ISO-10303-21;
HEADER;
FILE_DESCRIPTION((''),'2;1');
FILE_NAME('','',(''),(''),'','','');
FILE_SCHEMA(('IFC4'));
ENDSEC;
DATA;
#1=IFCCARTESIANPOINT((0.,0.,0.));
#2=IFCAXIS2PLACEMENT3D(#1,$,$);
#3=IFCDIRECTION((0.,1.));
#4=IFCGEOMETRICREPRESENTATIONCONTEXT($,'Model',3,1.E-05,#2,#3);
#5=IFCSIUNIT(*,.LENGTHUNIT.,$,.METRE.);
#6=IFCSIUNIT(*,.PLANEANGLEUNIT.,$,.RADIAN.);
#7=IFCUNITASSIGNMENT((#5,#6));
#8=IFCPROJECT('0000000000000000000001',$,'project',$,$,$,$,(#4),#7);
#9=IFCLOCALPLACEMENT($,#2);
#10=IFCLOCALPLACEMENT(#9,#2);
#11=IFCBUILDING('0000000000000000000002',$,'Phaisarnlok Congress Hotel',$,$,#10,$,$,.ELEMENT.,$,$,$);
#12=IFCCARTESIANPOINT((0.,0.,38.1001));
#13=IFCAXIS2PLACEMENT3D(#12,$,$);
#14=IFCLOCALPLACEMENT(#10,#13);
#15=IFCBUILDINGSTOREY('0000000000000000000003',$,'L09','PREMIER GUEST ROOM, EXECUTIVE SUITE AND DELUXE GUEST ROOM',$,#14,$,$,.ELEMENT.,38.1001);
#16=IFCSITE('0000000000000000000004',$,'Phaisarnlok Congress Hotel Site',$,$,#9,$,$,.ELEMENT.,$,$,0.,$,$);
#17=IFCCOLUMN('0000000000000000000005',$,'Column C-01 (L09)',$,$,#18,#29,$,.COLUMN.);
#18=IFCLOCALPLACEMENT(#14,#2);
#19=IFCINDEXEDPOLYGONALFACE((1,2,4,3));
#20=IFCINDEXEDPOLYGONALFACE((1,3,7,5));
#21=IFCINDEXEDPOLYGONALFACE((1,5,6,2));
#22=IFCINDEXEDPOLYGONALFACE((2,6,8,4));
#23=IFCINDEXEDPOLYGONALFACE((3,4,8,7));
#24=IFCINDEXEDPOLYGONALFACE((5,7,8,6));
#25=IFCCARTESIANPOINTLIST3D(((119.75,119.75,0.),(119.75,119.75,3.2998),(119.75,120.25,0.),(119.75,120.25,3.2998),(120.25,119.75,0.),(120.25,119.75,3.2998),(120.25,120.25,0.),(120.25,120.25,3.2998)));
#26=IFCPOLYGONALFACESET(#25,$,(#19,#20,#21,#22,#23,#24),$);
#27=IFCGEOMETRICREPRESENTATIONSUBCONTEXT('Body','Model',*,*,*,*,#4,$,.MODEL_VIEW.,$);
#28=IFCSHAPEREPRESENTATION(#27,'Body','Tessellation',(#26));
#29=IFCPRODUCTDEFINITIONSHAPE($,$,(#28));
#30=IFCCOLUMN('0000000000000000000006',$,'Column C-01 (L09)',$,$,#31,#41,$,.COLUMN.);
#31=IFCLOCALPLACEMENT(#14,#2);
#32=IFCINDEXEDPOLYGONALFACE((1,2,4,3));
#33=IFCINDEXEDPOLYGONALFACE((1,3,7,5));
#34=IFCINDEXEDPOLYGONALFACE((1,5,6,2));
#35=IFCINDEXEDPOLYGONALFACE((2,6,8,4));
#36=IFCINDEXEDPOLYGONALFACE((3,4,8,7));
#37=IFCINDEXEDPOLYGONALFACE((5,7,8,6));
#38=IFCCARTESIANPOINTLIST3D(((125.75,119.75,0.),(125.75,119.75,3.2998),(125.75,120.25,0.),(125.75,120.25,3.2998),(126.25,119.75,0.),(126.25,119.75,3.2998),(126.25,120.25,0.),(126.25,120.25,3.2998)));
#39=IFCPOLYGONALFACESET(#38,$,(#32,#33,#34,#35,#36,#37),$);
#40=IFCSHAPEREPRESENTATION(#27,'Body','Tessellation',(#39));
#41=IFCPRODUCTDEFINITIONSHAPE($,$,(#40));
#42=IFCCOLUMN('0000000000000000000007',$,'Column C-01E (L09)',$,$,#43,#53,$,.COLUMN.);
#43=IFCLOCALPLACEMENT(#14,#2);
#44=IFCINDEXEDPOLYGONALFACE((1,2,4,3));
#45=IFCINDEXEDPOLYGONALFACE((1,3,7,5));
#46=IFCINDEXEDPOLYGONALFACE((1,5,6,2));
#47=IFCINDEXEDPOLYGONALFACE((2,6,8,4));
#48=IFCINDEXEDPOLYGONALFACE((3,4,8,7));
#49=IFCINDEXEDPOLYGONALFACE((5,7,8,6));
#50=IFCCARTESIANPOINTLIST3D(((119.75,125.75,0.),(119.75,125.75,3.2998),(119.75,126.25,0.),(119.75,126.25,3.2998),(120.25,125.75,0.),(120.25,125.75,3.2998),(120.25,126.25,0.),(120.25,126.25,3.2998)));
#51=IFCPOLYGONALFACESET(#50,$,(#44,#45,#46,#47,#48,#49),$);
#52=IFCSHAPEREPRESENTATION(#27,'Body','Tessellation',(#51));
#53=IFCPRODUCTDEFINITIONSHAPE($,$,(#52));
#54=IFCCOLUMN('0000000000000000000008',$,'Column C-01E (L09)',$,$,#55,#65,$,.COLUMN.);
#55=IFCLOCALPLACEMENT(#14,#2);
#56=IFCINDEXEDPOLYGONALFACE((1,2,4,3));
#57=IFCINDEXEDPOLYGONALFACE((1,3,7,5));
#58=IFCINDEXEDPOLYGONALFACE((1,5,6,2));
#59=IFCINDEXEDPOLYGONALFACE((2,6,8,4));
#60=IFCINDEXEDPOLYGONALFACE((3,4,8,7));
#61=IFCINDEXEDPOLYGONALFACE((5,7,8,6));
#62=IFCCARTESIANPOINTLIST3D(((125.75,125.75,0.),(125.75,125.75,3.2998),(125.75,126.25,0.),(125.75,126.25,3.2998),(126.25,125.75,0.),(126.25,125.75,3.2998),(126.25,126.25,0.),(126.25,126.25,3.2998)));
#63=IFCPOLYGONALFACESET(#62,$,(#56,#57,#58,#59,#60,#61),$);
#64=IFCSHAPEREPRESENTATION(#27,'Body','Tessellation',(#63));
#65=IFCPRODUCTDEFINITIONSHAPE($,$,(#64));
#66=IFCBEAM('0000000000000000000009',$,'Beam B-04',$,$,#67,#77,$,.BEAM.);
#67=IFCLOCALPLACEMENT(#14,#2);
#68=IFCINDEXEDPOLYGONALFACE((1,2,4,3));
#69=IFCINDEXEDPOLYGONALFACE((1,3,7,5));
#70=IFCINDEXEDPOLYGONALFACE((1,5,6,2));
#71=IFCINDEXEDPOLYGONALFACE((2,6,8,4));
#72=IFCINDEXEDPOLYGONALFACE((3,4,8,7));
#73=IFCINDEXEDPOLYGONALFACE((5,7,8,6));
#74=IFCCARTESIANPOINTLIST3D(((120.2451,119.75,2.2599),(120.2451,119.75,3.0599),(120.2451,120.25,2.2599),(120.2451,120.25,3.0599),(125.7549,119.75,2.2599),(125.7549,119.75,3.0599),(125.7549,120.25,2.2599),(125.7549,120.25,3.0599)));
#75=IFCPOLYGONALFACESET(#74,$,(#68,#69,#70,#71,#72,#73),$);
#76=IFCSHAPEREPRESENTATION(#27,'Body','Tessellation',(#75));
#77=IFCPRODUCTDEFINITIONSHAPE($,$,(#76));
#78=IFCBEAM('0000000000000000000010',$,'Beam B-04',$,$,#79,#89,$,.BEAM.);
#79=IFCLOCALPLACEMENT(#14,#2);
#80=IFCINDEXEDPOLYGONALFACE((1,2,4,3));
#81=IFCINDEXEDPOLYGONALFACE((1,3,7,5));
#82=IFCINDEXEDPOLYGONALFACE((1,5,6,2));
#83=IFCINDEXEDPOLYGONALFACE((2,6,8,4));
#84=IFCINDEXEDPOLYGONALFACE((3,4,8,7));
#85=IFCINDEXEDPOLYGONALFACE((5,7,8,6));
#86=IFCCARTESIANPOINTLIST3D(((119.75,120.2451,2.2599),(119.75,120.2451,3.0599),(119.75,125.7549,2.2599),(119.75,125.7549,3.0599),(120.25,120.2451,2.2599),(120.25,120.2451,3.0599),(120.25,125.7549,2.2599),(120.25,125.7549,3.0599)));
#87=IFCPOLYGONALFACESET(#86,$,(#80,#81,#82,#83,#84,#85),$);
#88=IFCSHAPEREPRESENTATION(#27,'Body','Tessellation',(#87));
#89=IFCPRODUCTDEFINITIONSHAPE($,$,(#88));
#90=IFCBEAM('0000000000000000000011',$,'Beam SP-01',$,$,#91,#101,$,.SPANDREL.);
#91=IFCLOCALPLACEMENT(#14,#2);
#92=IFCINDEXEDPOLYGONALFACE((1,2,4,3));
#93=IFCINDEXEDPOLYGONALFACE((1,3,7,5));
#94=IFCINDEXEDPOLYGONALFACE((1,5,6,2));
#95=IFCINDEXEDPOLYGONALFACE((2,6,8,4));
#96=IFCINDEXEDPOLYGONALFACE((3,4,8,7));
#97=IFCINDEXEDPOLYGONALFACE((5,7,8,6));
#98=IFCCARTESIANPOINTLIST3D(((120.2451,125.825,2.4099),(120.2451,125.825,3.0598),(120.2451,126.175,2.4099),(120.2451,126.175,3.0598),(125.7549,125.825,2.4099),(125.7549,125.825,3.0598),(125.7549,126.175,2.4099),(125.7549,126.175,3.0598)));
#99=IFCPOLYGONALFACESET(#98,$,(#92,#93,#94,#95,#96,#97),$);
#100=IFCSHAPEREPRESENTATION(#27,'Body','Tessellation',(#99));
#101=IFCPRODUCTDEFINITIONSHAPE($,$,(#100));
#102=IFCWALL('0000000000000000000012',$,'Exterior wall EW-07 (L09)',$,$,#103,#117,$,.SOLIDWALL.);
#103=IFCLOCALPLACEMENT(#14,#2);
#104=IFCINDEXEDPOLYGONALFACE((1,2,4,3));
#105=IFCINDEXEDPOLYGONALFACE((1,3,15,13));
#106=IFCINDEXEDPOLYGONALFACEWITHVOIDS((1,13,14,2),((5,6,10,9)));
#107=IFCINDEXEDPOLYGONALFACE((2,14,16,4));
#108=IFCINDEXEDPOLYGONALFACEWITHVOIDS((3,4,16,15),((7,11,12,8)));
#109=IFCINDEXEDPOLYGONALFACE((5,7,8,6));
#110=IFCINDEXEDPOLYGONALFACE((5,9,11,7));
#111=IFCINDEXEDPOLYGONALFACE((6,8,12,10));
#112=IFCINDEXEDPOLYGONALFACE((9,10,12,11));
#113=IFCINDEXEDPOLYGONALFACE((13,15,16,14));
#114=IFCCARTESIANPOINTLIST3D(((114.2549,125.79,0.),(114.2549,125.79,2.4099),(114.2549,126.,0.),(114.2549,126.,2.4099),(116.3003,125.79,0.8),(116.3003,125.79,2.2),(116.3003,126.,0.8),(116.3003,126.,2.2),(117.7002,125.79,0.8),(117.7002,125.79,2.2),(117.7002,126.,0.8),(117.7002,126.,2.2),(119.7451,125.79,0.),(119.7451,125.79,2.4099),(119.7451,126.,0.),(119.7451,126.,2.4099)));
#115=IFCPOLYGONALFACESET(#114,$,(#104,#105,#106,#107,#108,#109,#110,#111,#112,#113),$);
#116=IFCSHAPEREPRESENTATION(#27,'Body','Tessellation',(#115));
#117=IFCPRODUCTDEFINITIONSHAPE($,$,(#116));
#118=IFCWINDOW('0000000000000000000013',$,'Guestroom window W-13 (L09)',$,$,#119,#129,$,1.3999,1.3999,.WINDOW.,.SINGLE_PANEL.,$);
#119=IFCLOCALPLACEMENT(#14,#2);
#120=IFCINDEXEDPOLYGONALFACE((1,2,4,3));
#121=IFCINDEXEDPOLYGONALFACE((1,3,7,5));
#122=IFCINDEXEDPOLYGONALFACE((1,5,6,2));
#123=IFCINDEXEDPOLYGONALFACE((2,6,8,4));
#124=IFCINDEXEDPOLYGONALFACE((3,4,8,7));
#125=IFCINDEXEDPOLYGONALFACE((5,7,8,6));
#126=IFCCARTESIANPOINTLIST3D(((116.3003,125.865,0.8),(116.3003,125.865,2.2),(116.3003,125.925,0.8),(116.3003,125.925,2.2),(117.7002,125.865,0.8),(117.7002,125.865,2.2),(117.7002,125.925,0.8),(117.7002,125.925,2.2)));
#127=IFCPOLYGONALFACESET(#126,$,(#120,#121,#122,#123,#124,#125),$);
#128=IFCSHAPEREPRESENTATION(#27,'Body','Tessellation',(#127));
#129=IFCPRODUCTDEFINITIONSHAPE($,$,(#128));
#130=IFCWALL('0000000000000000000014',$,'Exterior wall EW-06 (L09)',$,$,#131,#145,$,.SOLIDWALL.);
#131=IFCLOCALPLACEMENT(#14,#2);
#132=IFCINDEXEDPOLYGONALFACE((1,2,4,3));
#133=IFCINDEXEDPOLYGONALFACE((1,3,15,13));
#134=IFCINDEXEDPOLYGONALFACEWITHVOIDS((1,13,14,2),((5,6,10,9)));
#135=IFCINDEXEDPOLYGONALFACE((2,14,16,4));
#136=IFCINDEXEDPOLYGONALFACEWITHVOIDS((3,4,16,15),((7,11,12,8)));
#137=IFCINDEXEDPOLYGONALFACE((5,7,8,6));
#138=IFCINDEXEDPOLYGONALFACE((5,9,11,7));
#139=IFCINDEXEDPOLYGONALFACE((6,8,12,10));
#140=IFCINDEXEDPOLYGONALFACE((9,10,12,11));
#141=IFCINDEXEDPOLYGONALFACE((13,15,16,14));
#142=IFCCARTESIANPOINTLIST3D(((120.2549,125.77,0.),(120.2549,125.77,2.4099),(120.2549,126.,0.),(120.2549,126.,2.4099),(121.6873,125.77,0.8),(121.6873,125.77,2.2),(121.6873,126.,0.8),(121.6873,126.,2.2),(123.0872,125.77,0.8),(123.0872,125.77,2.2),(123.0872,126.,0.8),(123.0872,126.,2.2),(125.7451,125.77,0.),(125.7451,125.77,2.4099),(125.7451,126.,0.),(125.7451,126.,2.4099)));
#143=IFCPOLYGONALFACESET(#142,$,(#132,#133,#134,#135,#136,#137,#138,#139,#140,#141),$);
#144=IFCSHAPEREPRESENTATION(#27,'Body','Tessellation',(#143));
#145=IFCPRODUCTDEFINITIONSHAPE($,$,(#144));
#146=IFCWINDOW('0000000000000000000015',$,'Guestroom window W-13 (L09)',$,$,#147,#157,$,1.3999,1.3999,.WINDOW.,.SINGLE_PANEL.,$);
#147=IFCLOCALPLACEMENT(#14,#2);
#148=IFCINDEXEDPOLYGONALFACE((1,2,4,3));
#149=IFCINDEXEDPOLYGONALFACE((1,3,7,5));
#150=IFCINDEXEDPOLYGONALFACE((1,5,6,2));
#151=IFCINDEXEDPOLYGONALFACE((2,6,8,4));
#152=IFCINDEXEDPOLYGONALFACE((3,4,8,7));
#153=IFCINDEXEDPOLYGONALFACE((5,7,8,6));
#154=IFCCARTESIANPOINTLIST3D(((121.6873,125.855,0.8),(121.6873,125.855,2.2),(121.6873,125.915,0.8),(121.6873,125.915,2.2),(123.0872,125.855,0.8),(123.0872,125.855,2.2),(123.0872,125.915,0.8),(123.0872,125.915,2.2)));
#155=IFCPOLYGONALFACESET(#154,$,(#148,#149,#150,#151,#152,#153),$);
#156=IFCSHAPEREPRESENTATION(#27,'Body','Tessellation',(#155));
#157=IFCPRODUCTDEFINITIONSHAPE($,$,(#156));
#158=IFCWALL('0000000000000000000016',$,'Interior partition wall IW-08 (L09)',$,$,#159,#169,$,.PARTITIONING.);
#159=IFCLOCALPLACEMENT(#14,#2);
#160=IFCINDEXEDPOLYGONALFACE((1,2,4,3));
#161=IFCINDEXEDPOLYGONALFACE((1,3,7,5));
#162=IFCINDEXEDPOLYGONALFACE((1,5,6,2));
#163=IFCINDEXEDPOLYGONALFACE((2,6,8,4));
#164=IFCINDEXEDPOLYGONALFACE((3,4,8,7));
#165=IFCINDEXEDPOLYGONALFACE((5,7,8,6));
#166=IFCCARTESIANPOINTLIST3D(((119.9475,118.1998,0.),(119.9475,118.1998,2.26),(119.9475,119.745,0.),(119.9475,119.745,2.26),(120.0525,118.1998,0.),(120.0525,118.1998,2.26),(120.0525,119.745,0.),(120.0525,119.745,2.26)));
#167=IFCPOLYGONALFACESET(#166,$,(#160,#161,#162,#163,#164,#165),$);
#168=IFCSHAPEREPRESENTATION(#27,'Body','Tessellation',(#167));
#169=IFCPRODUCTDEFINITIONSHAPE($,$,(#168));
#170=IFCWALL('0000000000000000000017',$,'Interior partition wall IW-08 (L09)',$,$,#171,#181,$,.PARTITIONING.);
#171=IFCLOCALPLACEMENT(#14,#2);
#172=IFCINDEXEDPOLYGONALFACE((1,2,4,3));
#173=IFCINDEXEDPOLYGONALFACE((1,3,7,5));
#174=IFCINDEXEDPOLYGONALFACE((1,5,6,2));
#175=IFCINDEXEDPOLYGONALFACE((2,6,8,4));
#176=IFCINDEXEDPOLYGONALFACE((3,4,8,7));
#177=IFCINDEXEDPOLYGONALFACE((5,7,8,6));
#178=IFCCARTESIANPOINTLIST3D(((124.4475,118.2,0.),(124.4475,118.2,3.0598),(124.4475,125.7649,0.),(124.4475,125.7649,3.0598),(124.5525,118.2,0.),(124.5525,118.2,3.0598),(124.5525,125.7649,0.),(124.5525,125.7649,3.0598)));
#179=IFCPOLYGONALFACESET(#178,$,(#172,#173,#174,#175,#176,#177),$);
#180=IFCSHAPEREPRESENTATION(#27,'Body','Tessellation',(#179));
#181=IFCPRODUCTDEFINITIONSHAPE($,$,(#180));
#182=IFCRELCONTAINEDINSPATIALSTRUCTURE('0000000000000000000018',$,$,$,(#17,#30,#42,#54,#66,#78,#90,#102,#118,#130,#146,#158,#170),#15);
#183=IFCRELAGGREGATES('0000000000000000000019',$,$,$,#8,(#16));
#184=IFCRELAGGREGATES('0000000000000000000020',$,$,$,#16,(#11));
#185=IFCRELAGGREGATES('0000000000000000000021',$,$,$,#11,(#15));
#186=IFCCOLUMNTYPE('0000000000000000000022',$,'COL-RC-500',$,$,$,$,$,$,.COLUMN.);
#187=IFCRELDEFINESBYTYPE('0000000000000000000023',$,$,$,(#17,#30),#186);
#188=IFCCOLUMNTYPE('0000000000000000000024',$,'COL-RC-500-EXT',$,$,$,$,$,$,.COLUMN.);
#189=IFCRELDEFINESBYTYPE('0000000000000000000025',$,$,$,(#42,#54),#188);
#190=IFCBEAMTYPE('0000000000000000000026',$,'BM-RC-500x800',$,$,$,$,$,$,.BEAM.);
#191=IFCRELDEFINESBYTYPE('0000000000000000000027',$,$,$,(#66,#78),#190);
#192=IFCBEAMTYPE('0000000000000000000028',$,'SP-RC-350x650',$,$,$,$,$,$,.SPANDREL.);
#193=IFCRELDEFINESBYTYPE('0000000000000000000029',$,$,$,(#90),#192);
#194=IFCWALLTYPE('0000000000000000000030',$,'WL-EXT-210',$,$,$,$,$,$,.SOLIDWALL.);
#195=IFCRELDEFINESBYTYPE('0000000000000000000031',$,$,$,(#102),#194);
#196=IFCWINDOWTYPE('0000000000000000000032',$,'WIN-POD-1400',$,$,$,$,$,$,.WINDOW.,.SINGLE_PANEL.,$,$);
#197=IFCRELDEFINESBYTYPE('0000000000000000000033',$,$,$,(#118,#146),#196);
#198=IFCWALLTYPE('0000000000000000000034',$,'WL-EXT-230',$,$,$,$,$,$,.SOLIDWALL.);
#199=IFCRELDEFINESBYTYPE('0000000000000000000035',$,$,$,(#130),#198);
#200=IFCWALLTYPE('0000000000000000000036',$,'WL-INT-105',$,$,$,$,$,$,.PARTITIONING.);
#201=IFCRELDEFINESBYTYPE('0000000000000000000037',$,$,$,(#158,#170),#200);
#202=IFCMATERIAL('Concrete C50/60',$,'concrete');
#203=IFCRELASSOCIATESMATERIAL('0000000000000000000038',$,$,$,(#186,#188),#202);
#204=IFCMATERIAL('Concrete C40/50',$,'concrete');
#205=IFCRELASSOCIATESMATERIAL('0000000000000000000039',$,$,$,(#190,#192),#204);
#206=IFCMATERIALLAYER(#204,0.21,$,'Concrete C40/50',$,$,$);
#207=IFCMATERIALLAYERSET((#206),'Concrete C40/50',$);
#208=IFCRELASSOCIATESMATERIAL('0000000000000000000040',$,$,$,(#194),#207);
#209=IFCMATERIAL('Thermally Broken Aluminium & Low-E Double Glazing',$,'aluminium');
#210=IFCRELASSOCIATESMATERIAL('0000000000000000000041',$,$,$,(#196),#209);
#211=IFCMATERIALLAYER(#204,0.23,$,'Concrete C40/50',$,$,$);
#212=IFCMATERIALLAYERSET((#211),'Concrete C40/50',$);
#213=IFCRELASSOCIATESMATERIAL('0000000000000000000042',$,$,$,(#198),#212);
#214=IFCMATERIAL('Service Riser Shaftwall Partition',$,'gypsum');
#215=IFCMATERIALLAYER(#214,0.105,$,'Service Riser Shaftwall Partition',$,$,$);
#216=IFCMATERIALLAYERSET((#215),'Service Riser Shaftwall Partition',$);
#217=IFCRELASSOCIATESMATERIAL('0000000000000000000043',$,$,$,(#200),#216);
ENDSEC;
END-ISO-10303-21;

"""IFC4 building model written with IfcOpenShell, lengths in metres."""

from ifc_helpers import new_model, si_unit, direction, frame, frame_2d, origin, origin_2d, place, context, subcontext, project, spatial, rectangle, extrude, material, layer, layer_set, material_profile, profile_set, type_object, element, fill, save


model = new_model("IFC4")

# Units and contexts
model_context = context("Model", 3, precision=1e-05, world=origin(), true_north=direction((0.0, 1.0)))
body_context = subcontext(model_context, "Body", "Model", "MODEL_VIEW")
ifc_project = project(units=[si_unit("LENGTHUNIT", "METRE"), si_unit("PLANEANGLEUNIT", "RADIAN")], contexts=[model_context])

# Site, building, storey
site_placement = place(None, origin())
site = spatial("IfcSite", under=ifc_project, at=site_placement, Name="Phaisarnlok Congress Hotel Site", CompositionType="ELEMENT", RefElevation=0.0)
building_placement = place(site_placement, origin())
building = spatial("IfcBuilding", under=site, at=building_placement, Name="Phaisarnlok Congress Hotel", CompositionType="ELEMENT")
storey_placement = place(building_placement, frame((0.0, 0.0, 38.1001)))
storey = spatial("IfcBuildingStorey", under=building, at=storey_placement, Name="L09", Description="PREMIER GUEST ROOM, EXECUTIVE SUITE AND DELUXE GUEST ROOM", CompositionType="ELEMENT", Elevation=38.1001)

# Columns
ifc_material_1 = material(Name="Concrete C50/60", Category="concrete")
ifc_material_profile_1 = material_profile(ifc_material_1, rectangle(XDim=0.5, YDim=0.5, at=origin_2d()), Name="RC 500x500")
ifc_profile_set_1 = profile_set([ifc_material_profile_1], Name="Concrete C50/60")
column_type_1 = type_object("IfcColumnType", Name="COL-RC-500", PredefinedType="COLUMN", material=ifc_profile_set_1)
for number, where, z_axis, x_axis, name in (
    (1, (120.0, 120.0, 0.0), (0.0, 0.0, 1.0), (1.0, 0.0, 0.0), "Column C-01 (L09)"),
    (2, (126.0, 120.0, 0.0), (0.0, 0.0, 1.0), (1.0, 0.0, 0.0), "Column C-01 (L09)"),
):
    element("IfcColumn", number, at=place(storey_placement, frame(where, z_axis=z_axis, x_axis=x_axis)), inside=storey, type_object=column_type_1, Name=name, PredefinedType="COLUMN", context=body_context, shape_type="SweptSolid", body=[
        extrude(rectangle(XDim=0.5, YDim=0.5, at=origin_2d()), origin(), (0.0, 0.0, 1.0), 3.2998),
    ])
ifc_material_profile_2 = material_profile(ifc_material_1, rectangle(XDim=0.5, YDim=0.5, at=origin_2d()), Name="RC 500x500")
ifc_profile_set_2 = profile_set([ifc_material_profile_2], Name="Concrete C50/60")
column_type_2 = type_object("IfcColumnType", Name="COL-RC-500-EXT", PredefinedType="COLUMN", material=ifc_profile_set_2)
for number, where, z_axis, x_axis, name in (
    (3, (120.0, 126.0, 0.0), (0.0, 0.0, 1.0), (1.0, 0.0, 0.0), "Column C-01E (L09)"),
    (4, (126.0, 126.0, 0.0), (0.0, 0.0, 1.0), (1.0, 0.0, 0.0), "Column C-01E (L09)"),
):
    element("IfcColumn", number, at=place(storey_placement, frame(where, z_axis=z_axis, x_axis=x_axis)), inside=storey, type_object=column_type_2, Name=name, PredefinedType="COLUMN", context=body_context, shape_type="SweptSolid", body=[
        extrude(rectangle(XDim=0.5, YDim=0.5, at=origin_2d()), origin(), (0.0, 0.0, 1.0), 3.2998),
    ])

# Beams
ifc_material_2 = material(Name="Concrete C40/50", Category="concrete")
ifc_material_profile_3 = material_profile(ifc_material_2, rectangle(XDim=0.5, YDim=0.8, at=origin_2d()), Name="RC 500x800")
ifc_profile_set_3 = profile_set([ifc_material_profile_3], Name="Concrete C40/50")
beam_type_1 = type_object("IfcBeamType", Name="BM-RC-500x800", PredefinedType="BEAM", material=ifc_profile_set_3)
for number, where, z_axis, x_axis, name in (
    (5, (120.2451, 120.0, 2.6599), (1.0, 0.0, 0.0), (0.0, 1.0, 0.0), "Beam B-04"),
    (6, (120.0, 120.2451, 2.6599), (0.0, 1.0, 0.0), (-1.0, 0.0, 0.0), "Beam B-04"),
):
    element("IfcBeam", number, at=place(storey_placement, frame(where, z_axis=z_axis, x_axis=x_axis)), inside=storey, type_object=beam_type_1, Name=name, PredefinedType="BEAM", context=body_context, shape_type="SweptSolid", body=[
        extrude(rectangle(XDim=0.5, YDim=0.8, at=origin_2d()), origin(), (0.0, 0.0, 1.0), 5.5098),
    ])
ifc_material_profile_4 = material_profile(ifc_material_2, rectangle(XDim=0.3501, YDim=0.6499, at=origin_2d()), Name="RC 350x650")
ifc_profile_set_4 = profile_set([ifc_material_profile_4], Name="Concrete C40/50")
beam_type_2 = type_object("IfcBeamType", Name="SP-RC-350x650", PredefinedType="SPANDREL", material=ifc_profile_set_4)
beam_placement = place(storey_placement, frame((120.2451, 126.0, 2.7349), z_axis=(1.0, 0.0, 0.0), x_axis=(0.0, 1.0, 0.0)))
element("IfcBeam", 7, at=beam_placement, inside=storey, type_object=beam_type_2, Name="Beam SP-01", PredefinedType="SPANDREL", context=body_context, shape_type="SweptSolid", body=[
    extrude(rectangle(XDim=0.3501, YDim=0.6499, at=origin_2d()), origin(), (0.0, 0.0, 1.0), 5.5098),
])

# Walls, openings, windows
ifc_layer_1 = layer(ifc_material_2, 0.21, Name="Concrete C40/50")
ifc_layer_set_1 = layer_set([ifc_layer_1], Name="Concrete C40/50")
wall_type_1 = type_object("IfcWallType", Name="WL-EXT-210", PredefinedType="SOLIDWALL", material=ifc_layer_set_1)
wall_1_placement = place(storey_placement, frame((119.7451, 125.895, 0.0), z_axis=(0.0, 0.0, 1.0), x_axis=(-1.0, 0.0, 0.0)))
wall_1 = element("IfcWall", 8, at=wall_1_placement, inside=storey, type_object=wall_type_1, Name="Exterior wall EW-07 (L09)", PredefinedType="SOLIDWALL", context=body_context, shape_type="SweptSolid", body=[
    extrude(rectangle(XDim=5.4902, YDim=0.21, at=frame_2d((2.7451, 0.0))), origin(), (0.0, 0.0, 1.0), 2.4099),
])
opening_1_placement = place(wall_1_placement, frame((2.0449, 0.0, 0.8)))
opening_1 = element("IfcOpeningElement", 9, at=opening_1_placement, cuts=wall_1, PredefinedType="OPENING", context=body_context, shape_type="SweptSolid", body=[
    extrude(rectangle(XDim=1.3999, YDim=1.3999, at=frame_2d((0.7, 0.7))), frame((0.0, 0.115, 0.0), z_axis=(0.0, -1.0, 0.0), x_axis=(1.0, 0.0, 0.0)), (0.0, 0.0, 1.0), 0.23),
])
ifc_material_3 = material(Name="Thermally Broken Aluminium & Low-E Double Glazing", Category="aluminium")
window_type = type_object("IfcWindowType", Name="WIN-POD-1400", PartitioningType="SINGLE_PANEL", PredefinedType="WINDOW", material=ifc_material_3)
window_1_placement = place(opening_1_placement, origin())
window_1 = element("IfcWindow", 10, at=window_1_placement, inside=storey, type_object=window_type, Name="Guestroom window W-13 (L09)", OverallHeight=1.3999, OverallWidth=1.3999, PartitioningType="SINGLE_PANEL", PredefinedType="WINDOW", context=body_context, shape_type="SweptSolid", body=[
    extrude(rectangle(XDim=1.3999, YDim=1.3999, at=frame_2d((0.7, 0.7))), frame((0.0, 0.03, 0.0), z_axis=(0.0, -1.0, 0.0), x_axis=(1.0, 0.0, 0.0)), (0.0, 0.0, 1.0), 0.0601),
])
fill(opening_1, window_1)
ifc_layer_2 = layer(ifc_material_2, 0.23, Name="Concrete C40/50")
ifc_layer_set_2 = layer_set([ifc_layer_2], Name="Concrete C40/50")
wall_type_2 = type_object("IfcWallType", Name="WL-EXT-230", PredefinedType="SOLIDWALL", material=ifc_layer_set_2)
wall_2_placement = place(storey_placement, frame((125.7451, 125.885, 0.0), z_axis=(0.0, 0.0, 1.0), x_axis=(-1.0, 0.0, 0.0)))
wall_2 = element("IfcWall", 11, at=wall_2_placement, inside=storey, type_object=wall_type_2, Name="Exterior wall EW-06 (L09)", PredefinedType="SOLIDWALL", context=body_context, shape_type="SweptSolid", body=[
    extrude(rectangle(XDim=5.4902, YDim=0.23, at=frame_2d((2.7451, 0.0))), origin(), (0.0, 0.0, 1.0), 2.4099),
])
opening_2_placement = place(wall_2_placement, frame((2.658, 0.0, 0.8)))
opening_2 = element("IfcOpeningElement", 12, at=opening_2_placement, cuts=wall_2, PredefinedType="OPENING", context=body_context, shape_type="SweptSolid", body=[
    extrude(rectangle(XDim=1.3999, YDim=1.3999, at=frame_2d((0.7, 0.7))), frame((0.0, 0.125, 0.0), z_axis=(0.0, -1.0, 0.0), x_axis=(1.0, 0.0, 0.0)), (0.0, 0.0, 1.0), 0.25),
])
window_2_placement = place(opening_2_placement, origin())
window_2 = element("IfcWindow", 13, at=window_2_placement, inside=storey, type_object=window_type, Name="Guestroom window W-13 (L09)", OverallHeight=1.3999, OverallWidth=1.3999, PartitioningType="SINGLE_PANEL", PredefinedType="WINDOW", context=body_context, shape_type="SweptSolid", body=[
    extrude(rectangle(XDim=1.3999, YDim=1.3999, at=frame_2d((0.7, 0.7))), frame((0.0, 0.03, 0.0), z_axis=(0.0, -1.0, 0.0), x_axis=(1.0, 0.0, 0.0)), (0.0, 0.0, 1.0), 0.0601),
])
fill(opening_2, window_2)

# Walls
ifc_material_4 = material(Name="Service Riser Shaftwall Partition", Category="gypsum")
ifc_layer_3 = layer(ifc_material_4, 0.105, Name="Service Riser Shaftwall Partition")
ifc_layer_set_3 = layer_set([ifc_layer_3], Name="Service Riser Shaftwall Partition")
wall_type_3 = type_object("IfcWallType", Name="WL-INT-105", PredefinedType="PARTITIONING", material=ifc_layer_set_3)
wall_3_placement = place(storey_placement, frame((120.0, 118.2, 0.0), z_axis=(0.0, 0.0, 1.0), x_axis=(0.0, 1.0, 0.0)))
element("IfcWall", 14, at=wall_3_placement, inside=storey, type_object=wall_type_3, Name="Interior partition wall IW-08 (L09)", PredefinedType="PARTITIONING", context=body_context, shape_type="SweptSolid", body=[
    extrude(rectangle(XDim=1.5452, YDim=0.105, at=frame_2d((0.7725, 0.0))), origin(), (0.0, 0.0, 1.0), 2.26),
])
wall_4_placement = place(storey_placement, frame((124.5, 118.2, 0.0), z_axis=(0.0, 0.0, 1.0), x_axis=(0.0, 1.0, 0.0)))
element("IfcWall", 15, at=wall_4_placement, inside=storey, type_object=wall_type_3, Name="Interior partition wall IW-08 (L09)", PredefinedType="PARTITIONING", context=body_context, shape_type="SweptSolid", body=[
    extrude(rectangle(XDim=7.5649, YDim=0.105, at=frame_2d((3.7825, 0.0))), origin(), (0.0, 0.0, 1.0), 3.0598),
])

save(model, "model.ifc")
